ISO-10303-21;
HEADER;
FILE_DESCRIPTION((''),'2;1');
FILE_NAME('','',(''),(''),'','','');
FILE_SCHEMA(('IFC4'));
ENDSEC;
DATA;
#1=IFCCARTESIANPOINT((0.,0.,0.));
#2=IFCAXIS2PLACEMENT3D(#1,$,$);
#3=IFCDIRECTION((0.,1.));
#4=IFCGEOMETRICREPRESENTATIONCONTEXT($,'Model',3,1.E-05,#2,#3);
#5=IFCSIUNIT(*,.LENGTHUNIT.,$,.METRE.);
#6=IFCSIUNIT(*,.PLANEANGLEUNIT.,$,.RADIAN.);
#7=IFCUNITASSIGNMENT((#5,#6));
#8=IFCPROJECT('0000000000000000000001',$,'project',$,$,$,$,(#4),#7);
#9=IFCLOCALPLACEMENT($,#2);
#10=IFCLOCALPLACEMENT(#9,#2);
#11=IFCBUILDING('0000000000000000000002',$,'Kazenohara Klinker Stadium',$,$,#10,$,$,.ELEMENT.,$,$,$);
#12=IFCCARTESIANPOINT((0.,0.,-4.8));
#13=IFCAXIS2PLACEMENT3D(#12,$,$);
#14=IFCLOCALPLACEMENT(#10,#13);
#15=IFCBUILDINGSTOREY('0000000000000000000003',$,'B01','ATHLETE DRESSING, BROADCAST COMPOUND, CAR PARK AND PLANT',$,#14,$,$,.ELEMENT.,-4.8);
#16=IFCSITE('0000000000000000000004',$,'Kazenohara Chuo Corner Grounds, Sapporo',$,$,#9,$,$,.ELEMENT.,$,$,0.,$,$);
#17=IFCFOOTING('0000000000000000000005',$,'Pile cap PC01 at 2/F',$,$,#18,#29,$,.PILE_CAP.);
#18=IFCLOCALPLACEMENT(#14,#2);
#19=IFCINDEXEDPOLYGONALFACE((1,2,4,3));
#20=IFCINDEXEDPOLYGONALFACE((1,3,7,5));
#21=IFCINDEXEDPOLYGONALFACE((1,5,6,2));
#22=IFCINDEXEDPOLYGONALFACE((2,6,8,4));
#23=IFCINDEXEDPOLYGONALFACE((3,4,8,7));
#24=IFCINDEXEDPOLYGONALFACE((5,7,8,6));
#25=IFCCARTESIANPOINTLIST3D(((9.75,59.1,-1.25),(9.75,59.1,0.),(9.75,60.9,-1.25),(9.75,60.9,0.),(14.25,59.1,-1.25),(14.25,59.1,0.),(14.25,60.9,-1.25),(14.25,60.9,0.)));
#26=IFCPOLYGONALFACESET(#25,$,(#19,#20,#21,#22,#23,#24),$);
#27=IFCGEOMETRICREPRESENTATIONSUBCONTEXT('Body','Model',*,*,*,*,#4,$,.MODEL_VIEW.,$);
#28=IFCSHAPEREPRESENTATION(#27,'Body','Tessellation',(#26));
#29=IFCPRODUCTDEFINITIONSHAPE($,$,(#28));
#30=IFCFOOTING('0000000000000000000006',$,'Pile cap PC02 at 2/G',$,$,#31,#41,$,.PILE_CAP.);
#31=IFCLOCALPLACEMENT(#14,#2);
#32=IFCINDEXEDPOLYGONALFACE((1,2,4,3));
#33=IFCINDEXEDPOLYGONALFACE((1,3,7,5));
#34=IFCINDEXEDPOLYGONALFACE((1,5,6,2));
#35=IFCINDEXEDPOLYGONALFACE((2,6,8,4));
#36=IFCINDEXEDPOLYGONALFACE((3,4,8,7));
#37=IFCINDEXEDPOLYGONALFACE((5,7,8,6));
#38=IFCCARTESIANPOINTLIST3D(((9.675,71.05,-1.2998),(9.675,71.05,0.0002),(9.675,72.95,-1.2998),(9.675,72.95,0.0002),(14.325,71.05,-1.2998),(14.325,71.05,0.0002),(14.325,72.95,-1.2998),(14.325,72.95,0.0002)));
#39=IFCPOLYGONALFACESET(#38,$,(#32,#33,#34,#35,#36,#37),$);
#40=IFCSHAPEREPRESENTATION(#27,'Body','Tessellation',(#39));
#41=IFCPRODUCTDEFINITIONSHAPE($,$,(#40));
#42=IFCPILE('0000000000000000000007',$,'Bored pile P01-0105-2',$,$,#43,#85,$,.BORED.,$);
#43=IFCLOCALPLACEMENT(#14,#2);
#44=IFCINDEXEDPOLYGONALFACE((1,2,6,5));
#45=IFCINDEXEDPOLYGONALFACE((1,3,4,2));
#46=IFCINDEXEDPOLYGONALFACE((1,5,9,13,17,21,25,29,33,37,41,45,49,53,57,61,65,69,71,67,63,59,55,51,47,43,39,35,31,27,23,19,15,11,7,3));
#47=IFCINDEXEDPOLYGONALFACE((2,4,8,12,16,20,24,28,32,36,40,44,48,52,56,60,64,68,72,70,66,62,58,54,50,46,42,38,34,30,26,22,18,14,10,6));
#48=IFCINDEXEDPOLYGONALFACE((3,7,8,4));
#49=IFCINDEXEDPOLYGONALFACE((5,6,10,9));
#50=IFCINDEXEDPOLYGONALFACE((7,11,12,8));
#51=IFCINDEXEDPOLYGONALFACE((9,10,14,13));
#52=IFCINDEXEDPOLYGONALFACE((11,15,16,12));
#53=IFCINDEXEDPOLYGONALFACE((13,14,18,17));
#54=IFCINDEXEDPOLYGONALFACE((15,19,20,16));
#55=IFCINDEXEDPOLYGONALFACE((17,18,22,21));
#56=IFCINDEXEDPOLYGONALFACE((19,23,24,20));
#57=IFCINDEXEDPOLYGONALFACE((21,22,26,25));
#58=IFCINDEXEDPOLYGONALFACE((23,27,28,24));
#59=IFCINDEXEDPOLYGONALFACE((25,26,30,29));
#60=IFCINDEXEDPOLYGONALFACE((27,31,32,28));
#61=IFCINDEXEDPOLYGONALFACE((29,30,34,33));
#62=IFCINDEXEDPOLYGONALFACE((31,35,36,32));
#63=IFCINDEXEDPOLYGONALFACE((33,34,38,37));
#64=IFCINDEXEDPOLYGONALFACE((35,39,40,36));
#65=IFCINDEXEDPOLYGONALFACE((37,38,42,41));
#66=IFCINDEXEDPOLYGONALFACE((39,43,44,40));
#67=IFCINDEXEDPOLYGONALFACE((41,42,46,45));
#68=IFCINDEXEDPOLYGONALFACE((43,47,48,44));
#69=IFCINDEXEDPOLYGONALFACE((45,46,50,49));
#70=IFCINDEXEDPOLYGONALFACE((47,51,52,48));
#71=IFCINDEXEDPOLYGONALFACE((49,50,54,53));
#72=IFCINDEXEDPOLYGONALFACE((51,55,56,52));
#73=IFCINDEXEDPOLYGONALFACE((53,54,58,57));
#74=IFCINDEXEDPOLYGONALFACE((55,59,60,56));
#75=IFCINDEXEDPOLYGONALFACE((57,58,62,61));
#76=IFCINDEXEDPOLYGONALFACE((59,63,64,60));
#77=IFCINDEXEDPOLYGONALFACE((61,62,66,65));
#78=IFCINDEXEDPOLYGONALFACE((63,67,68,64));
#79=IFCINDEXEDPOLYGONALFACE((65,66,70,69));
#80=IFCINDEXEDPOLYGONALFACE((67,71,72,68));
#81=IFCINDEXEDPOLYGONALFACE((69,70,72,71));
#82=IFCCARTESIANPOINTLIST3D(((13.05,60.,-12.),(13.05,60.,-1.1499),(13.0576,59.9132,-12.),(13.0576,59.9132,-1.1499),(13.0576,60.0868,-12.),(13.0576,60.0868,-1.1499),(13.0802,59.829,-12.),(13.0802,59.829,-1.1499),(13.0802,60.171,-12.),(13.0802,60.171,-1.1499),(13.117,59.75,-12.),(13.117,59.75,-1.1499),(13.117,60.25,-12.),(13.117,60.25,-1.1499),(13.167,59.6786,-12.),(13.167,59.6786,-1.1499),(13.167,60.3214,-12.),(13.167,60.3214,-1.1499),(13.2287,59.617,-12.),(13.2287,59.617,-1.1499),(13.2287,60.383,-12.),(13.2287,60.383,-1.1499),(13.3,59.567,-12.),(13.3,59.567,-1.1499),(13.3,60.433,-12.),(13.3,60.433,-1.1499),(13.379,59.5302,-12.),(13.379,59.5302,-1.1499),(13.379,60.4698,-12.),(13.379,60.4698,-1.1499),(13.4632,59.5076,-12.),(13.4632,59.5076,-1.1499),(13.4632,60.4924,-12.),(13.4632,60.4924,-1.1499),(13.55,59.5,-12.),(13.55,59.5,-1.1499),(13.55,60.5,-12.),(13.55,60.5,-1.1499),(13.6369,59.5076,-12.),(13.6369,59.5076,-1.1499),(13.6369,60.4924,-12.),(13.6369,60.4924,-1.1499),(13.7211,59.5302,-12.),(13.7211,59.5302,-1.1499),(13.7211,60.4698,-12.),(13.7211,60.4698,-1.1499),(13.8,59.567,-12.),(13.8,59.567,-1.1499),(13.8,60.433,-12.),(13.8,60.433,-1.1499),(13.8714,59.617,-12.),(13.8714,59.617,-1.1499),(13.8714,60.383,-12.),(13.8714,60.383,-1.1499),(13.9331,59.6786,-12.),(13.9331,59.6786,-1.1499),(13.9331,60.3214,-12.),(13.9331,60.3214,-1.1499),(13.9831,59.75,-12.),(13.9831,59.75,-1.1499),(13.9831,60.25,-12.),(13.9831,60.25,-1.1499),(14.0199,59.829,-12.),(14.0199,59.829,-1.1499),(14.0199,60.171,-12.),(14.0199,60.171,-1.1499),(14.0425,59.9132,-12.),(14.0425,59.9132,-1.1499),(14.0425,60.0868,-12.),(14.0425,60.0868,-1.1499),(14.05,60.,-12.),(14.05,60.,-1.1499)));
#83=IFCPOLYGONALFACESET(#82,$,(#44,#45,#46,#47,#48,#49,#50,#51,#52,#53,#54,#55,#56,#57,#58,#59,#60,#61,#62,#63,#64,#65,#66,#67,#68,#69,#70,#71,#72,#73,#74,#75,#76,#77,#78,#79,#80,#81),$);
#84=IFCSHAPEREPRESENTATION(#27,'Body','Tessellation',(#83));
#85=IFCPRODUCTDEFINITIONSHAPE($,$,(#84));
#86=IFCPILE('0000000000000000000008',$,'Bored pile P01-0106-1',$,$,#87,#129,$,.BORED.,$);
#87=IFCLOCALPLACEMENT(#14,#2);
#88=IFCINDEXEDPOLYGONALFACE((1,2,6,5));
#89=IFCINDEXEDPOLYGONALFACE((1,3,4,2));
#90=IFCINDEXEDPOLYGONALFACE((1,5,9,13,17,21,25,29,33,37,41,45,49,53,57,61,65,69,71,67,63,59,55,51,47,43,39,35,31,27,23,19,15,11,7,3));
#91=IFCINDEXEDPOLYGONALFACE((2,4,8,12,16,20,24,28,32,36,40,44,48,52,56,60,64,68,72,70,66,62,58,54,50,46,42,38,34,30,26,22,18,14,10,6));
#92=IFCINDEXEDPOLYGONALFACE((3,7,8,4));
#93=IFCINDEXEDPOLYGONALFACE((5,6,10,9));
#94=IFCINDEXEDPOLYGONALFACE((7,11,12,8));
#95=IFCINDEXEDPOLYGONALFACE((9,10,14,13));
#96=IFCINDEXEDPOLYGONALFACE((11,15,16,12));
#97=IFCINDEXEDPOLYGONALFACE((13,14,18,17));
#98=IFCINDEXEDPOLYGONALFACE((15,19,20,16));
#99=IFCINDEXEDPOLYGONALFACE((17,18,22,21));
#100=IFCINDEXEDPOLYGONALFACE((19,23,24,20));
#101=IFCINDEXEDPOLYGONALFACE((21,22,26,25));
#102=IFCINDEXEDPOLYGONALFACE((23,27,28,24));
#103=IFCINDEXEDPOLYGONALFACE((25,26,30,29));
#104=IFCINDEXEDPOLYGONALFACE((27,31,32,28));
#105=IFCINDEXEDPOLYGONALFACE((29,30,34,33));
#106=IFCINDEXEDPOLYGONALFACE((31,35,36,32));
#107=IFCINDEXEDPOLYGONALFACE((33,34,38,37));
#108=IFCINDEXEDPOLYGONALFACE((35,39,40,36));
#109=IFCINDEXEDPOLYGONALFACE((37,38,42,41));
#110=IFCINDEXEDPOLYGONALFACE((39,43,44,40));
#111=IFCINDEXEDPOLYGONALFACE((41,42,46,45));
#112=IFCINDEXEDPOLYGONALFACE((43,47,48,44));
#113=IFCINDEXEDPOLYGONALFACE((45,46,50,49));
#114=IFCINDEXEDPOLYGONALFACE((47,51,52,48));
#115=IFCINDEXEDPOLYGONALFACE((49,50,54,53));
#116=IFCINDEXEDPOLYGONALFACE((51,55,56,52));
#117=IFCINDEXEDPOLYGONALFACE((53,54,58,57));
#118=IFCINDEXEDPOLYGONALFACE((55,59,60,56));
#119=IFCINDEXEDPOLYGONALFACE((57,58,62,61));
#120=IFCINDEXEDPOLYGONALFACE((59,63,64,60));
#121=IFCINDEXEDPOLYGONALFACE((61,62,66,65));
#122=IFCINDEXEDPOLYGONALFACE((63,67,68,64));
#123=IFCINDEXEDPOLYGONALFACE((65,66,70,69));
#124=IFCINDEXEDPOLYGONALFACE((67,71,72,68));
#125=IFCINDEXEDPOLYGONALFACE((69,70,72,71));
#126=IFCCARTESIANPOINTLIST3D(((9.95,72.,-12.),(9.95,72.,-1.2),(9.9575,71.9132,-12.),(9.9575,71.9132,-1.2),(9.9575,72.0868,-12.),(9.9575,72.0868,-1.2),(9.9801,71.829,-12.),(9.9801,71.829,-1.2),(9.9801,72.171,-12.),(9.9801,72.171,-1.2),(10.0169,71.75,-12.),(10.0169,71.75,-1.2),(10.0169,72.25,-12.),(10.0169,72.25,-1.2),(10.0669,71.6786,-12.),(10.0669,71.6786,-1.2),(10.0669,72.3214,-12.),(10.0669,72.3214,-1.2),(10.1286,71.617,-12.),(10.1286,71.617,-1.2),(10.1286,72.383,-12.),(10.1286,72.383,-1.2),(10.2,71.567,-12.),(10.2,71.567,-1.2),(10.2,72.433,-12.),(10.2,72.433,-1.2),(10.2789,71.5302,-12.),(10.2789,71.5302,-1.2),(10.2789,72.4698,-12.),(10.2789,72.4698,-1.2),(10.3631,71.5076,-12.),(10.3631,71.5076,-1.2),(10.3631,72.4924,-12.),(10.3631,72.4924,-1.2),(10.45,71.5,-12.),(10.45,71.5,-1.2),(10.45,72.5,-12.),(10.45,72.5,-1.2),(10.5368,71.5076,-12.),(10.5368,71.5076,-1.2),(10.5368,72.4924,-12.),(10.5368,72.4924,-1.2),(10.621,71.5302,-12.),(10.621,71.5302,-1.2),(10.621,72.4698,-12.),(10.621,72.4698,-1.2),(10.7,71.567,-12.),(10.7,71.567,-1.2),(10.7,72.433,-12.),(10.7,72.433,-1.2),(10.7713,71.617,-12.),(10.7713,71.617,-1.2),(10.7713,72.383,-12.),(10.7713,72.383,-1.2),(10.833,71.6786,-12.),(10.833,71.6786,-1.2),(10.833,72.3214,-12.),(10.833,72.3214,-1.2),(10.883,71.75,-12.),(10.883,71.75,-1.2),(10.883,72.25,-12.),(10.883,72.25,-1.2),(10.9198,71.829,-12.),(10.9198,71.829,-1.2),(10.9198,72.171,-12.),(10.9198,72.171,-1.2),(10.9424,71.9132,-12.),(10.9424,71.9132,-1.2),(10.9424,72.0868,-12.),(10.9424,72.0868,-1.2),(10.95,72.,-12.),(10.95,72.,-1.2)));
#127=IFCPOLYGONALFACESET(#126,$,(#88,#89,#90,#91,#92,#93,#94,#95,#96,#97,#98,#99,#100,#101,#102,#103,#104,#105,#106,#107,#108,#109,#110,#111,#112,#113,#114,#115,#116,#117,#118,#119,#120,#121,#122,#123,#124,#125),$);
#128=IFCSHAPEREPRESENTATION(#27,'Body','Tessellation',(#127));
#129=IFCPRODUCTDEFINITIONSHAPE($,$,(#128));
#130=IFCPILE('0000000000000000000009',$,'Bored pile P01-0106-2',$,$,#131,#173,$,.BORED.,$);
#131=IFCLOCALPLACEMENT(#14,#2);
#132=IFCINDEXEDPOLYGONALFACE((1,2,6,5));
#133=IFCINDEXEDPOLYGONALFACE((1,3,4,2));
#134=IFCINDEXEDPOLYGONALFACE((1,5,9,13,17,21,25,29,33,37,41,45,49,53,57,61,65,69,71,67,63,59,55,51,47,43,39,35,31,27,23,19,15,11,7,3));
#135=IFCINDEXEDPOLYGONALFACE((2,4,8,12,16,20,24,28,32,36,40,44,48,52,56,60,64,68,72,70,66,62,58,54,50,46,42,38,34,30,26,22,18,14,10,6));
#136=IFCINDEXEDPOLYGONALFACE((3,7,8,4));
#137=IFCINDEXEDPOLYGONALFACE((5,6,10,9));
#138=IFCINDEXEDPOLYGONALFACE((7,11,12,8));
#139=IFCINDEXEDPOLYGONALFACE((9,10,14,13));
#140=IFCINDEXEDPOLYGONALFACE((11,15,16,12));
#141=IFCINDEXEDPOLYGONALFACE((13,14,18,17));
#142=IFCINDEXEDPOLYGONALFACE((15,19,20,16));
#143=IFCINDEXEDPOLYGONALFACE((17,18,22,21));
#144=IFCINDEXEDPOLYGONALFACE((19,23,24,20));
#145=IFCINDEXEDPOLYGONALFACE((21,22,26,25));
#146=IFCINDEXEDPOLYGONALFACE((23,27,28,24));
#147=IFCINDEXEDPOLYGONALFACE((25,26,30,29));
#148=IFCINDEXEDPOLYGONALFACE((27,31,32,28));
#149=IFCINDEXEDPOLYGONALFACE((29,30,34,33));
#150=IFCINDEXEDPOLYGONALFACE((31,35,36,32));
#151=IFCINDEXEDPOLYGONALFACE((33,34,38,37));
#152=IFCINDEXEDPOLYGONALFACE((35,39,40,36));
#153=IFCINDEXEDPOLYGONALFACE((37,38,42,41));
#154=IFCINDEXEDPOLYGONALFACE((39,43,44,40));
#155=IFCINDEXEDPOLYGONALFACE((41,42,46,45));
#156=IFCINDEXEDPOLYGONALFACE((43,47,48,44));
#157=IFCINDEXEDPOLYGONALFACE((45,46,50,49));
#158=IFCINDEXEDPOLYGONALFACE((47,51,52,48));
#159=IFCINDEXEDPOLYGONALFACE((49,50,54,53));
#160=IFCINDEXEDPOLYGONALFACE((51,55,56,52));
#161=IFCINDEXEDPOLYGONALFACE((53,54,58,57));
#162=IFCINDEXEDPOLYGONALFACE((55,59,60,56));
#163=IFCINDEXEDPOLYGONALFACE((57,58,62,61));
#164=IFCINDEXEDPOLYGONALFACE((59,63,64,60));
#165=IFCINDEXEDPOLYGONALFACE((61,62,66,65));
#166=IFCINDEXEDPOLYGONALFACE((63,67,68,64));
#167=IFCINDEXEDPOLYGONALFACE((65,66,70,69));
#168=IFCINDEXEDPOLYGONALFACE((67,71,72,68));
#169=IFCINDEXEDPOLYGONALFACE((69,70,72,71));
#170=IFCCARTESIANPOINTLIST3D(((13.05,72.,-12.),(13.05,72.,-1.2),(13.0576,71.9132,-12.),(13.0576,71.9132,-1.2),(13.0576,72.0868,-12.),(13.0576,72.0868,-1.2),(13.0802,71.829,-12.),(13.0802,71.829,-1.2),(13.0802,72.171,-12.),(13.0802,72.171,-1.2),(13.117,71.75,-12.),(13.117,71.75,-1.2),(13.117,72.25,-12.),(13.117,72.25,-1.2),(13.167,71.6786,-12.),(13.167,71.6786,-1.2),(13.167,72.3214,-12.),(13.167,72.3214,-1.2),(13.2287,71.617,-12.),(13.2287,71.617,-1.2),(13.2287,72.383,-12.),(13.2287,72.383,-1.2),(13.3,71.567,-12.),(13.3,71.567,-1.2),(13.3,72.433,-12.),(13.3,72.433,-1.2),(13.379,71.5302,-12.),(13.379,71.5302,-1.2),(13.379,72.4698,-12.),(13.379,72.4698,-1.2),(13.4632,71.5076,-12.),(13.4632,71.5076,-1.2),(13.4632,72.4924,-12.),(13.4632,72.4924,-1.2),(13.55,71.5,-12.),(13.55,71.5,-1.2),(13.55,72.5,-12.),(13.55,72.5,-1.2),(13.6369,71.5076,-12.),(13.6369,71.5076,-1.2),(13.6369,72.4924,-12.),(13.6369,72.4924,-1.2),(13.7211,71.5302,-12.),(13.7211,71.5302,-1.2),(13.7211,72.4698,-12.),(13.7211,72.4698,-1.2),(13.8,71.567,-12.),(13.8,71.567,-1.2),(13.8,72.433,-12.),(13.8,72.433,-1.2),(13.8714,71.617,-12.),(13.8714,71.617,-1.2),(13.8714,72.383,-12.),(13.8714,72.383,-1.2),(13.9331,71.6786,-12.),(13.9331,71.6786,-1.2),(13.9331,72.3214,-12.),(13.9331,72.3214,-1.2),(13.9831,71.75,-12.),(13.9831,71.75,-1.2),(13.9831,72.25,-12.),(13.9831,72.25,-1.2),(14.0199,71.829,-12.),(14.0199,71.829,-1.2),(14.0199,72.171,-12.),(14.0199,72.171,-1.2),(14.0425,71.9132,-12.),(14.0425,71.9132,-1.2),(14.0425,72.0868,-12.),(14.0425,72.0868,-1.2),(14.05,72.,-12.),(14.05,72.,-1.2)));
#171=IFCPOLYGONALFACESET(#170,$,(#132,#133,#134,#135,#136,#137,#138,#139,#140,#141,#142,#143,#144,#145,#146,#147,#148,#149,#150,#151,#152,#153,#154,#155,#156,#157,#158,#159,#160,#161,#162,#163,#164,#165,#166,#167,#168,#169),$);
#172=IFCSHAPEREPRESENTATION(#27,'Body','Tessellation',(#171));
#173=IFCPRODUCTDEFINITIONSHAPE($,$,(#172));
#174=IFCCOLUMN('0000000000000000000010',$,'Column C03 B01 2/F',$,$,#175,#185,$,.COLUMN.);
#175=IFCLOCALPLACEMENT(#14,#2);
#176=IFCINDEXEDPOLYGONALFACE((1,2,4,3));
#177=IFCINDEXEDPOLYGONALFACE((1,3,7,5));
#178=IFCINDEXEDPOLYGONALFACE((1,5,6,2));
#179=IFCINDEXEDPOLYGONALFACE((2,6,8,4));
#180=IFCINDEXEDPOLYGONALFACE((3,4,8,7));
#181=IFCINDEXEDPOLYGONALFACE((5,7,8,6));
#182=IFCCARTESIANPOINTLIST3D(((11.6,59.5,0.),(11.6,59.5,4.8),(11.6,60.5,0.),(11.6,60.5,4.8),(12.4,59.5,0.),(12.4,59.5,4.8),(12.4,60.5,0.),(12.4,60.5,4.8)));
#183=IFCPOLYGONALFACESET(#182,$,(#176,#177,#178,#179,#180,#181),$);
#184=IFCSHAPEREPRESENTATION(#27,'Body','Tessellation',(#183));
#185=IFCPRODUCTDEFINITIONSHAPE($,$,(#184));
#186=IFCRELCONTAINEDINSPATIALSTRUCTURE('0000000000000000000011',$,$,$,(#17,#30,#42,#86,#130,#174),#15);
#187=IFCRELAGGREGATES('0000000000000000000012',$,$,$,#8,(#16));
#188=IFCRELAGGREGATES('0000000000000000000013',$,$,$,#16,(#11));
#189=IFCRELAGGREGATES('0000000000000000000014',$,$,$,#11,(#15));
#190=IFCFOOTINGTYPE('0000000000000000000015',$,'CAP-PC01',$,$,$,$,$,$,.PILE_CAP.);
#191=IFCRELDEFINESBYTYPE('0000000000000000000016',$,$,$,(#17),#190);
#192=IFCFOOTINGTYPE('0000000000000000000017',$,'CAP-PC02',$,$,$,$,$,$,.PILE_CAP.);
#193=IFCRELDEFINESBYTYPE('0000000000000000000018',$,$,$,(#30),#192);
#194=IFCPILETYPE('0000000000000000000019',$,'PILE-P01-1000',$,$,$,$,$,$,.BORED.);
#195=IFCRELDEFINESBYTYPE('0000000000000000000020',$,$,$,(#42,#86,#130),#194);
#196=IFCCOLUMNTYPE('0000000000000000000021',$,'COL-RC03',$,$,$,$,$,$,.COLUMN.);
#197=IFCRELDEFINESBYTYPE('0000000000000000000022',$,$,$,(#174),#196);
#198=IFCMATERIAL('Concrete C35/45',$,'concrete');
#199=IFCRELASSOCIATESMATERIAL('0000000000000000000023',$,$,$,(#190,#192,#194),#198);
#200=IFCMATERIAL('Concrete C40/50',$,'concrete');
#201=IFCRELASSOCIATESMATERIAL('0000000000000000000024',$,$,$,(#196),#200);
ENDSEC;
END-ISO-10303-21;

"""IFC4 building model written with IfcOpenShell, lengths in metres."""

from ifc_helpers import new_model, si_unit, direction, frame, origin, origin_2d, place, context, subcontext, project, spatial, rectangle, circle, extrude, material, material_profile, profile_set, type_object, element, save


model = new_model("IFC4")

# Units and contexts
model_context = context("Model", 3, precision=1e-05, world=origin(), true_north=direction((0.0, 1.0)))
body_context = subcontext(model_context, "Body", "Model", "MODEL_VIEW")
ifc_project = project(units=[si_unit("LENGTHUNIT", "METRE"), si_unit("PLANEANGLEUNIT", "RADIAN")], contexts=[model_context])

# Site, building, storey
site_placement = place(None, origin())
site = spatial("IfcSite", under=ifc_project, at=site_placement, Name="Kazenohara Chuo Corner Grounds, Sapporo", CompositionType="ELEMENT", RefElevation=0.0)
building_placement = place(site_placement, origin())
building = spatial("IfcBuilding", under=site, at=building_placement, Name="Kazenohara Klinker Stadium", CompositionType="ELEMENT")
storey_placement = place(building_placement, frame((0.0, 0.0, -4.8)))
storey = spatial("IfcBuildingStorey", under=building, at=storey_placement, Name="B01", Description="ATHLETE DRESSING, BROADCAST COMPOUND, CAR PARK AND PLANT", CompositionType="ELEMENT", Elevation=-4.8)

# Footings
ifc_material_1 = material(Name="Concrete C35/45", Category="concrete")
footing_type_1 = type_object("IfcFootingType", Name="CAP-PC01", PredefinedType="PILE_CAP", material=ifc_material_1)
footing_1_placement = place(storey_placement, frame((12.0, 60.0, -1.25), z_axis=(0.0, 0.0, 1.0), x_axis=(1.0, 0.0, 0.0)))
element("IfcFooting", 1, at=footing_1_placement, inside=storey, type_object=footing_type_1, Name="Pile cap PC01 at 2/F", PredefinedType="PILE_CAP", context=body_context, shape_type="SweptSolid", body=[
    extrude(rectangle(XDim=4.5, YDim=1.8, at=origin_2d()), origin(), (0.0, 0.0, 1.0), 1.25),
])
footing_type_2 = type_object("IfcFootingType", Name="CAP-PC02", PredefinedType="PILE_CAP", material=ifc_material_1)
footing_2_placement = place(storey_placement, frame((12.0, 72.0, -1.2998), z_axis=(0.0, 0.0, 1.0), x_axis=(1.0, 0.0, 0.0)))
element("IfcFooting", 2, at=footing_2_placement, inside=storey, type_object=footing_type_2, Name="Pile cap PC02 at 2/G", PredefinedType="PILE_CAP", context=body_context, shape_type="SweptSolid", body=[
    extrude(rectangle(XDim=4.6499, YDim=1.8999, at=origin_2d()), origin(), (0.0, 0.0, 1.0), 1.3),
])

# Piles
ifc_material_profile_1 = material_profile(ifc_material_1, circle(Radius=0.5, at=origin_2d()), Name="BORED-PILE-1000")
ifc_profile_set_1 = profile_set([ifc_material_profile_1], Name="Concrete C35/45")
pile_type = type_object("IfcPileType", Name="PILE-P01-1000", PredefinedType="BORED", material=ifc_profile_set_1)
pile_placement = place(storey_placement, frame((13.55, 60.0, -1.1499), z_axis=(0.0, 0.0, -1.0), x_axis=(1.0, 0.0, 0.0)))
element("IfcPile", 3, at=pile_placement, inside=storey, type_object=pile_type, Name="Bored pile P01-0105-2", PredefinedType="BORED", context=body_context, shape_type="SweptSolid", body=[
    extrude(circle(Radius=0.5, at=origin_2d()), origin(), (0.0, 0.0, 1.0), 10.8501),
])
for number, where, z_axis, x_axis, name in (
    (4, (10.45, 72.0, -1.2), (0.0, 0.0, -1.0), (1.0, 0.0, 0.0), "Bored pile P01-0106-1"),
    (5, (13.55, 72.0, -1.2), (0.0, 0.0, -1.0), (1.0, 0.0, 0.0), "Bored pile P01-0106-2"),
):
    element("IfcPile", number, at=place(storey_placement, frame(where, z_axis=z_axis, x_axis=x_axis)), inside=storey, type_object=pile_type, Name=name, PredefinedType="BORED", context=body_context, shape_type="SweptSolid", body=[
        extrude(circle(Radius=0.5, at=origin_2d()), origin(), (0.0, 0.0, 1.0), 10.8),
    ])

# Column
ifc_material_2 = material(Name="Concrete C40/50", Category="concrete")
ifc_material_profile_2 = material_profile(ifc_material_2, rectangle(XDim=0.8, YDim=1.0, at=origin_2d()), Name="RC-COL-1000x800")
ifc_profile_set_2 = profile_set([ifc_material_profile_2], Name="Concrete C40/50")
column_type_1 = type_object("IfcColumnType", Name="COL-RC03", PredefinedType="COLUMN", material=ifc_profile_set_2)
column_1_placement = place(storey_placement, frame((12.0, 60.0, 0.0), z_axis=(0.0, 0.0, 1.0), x_axis=(1.0, 0.0, 0.0)))
element("IfcColumn", 6, at=column_1_placement, inside=storey, type_object=column_type_1, Name="Column C03 B01 2/F", PredefinedType="COLUMN", context=body_context, shape_type="SweptSolid", body=[
    extrude(rectangle(XDim=0.8, YDim=1.0, at=origin_2d()), origin(), (0.0, 0.0, 1.0), 4.8),
])

save(model, "model.ifc")
